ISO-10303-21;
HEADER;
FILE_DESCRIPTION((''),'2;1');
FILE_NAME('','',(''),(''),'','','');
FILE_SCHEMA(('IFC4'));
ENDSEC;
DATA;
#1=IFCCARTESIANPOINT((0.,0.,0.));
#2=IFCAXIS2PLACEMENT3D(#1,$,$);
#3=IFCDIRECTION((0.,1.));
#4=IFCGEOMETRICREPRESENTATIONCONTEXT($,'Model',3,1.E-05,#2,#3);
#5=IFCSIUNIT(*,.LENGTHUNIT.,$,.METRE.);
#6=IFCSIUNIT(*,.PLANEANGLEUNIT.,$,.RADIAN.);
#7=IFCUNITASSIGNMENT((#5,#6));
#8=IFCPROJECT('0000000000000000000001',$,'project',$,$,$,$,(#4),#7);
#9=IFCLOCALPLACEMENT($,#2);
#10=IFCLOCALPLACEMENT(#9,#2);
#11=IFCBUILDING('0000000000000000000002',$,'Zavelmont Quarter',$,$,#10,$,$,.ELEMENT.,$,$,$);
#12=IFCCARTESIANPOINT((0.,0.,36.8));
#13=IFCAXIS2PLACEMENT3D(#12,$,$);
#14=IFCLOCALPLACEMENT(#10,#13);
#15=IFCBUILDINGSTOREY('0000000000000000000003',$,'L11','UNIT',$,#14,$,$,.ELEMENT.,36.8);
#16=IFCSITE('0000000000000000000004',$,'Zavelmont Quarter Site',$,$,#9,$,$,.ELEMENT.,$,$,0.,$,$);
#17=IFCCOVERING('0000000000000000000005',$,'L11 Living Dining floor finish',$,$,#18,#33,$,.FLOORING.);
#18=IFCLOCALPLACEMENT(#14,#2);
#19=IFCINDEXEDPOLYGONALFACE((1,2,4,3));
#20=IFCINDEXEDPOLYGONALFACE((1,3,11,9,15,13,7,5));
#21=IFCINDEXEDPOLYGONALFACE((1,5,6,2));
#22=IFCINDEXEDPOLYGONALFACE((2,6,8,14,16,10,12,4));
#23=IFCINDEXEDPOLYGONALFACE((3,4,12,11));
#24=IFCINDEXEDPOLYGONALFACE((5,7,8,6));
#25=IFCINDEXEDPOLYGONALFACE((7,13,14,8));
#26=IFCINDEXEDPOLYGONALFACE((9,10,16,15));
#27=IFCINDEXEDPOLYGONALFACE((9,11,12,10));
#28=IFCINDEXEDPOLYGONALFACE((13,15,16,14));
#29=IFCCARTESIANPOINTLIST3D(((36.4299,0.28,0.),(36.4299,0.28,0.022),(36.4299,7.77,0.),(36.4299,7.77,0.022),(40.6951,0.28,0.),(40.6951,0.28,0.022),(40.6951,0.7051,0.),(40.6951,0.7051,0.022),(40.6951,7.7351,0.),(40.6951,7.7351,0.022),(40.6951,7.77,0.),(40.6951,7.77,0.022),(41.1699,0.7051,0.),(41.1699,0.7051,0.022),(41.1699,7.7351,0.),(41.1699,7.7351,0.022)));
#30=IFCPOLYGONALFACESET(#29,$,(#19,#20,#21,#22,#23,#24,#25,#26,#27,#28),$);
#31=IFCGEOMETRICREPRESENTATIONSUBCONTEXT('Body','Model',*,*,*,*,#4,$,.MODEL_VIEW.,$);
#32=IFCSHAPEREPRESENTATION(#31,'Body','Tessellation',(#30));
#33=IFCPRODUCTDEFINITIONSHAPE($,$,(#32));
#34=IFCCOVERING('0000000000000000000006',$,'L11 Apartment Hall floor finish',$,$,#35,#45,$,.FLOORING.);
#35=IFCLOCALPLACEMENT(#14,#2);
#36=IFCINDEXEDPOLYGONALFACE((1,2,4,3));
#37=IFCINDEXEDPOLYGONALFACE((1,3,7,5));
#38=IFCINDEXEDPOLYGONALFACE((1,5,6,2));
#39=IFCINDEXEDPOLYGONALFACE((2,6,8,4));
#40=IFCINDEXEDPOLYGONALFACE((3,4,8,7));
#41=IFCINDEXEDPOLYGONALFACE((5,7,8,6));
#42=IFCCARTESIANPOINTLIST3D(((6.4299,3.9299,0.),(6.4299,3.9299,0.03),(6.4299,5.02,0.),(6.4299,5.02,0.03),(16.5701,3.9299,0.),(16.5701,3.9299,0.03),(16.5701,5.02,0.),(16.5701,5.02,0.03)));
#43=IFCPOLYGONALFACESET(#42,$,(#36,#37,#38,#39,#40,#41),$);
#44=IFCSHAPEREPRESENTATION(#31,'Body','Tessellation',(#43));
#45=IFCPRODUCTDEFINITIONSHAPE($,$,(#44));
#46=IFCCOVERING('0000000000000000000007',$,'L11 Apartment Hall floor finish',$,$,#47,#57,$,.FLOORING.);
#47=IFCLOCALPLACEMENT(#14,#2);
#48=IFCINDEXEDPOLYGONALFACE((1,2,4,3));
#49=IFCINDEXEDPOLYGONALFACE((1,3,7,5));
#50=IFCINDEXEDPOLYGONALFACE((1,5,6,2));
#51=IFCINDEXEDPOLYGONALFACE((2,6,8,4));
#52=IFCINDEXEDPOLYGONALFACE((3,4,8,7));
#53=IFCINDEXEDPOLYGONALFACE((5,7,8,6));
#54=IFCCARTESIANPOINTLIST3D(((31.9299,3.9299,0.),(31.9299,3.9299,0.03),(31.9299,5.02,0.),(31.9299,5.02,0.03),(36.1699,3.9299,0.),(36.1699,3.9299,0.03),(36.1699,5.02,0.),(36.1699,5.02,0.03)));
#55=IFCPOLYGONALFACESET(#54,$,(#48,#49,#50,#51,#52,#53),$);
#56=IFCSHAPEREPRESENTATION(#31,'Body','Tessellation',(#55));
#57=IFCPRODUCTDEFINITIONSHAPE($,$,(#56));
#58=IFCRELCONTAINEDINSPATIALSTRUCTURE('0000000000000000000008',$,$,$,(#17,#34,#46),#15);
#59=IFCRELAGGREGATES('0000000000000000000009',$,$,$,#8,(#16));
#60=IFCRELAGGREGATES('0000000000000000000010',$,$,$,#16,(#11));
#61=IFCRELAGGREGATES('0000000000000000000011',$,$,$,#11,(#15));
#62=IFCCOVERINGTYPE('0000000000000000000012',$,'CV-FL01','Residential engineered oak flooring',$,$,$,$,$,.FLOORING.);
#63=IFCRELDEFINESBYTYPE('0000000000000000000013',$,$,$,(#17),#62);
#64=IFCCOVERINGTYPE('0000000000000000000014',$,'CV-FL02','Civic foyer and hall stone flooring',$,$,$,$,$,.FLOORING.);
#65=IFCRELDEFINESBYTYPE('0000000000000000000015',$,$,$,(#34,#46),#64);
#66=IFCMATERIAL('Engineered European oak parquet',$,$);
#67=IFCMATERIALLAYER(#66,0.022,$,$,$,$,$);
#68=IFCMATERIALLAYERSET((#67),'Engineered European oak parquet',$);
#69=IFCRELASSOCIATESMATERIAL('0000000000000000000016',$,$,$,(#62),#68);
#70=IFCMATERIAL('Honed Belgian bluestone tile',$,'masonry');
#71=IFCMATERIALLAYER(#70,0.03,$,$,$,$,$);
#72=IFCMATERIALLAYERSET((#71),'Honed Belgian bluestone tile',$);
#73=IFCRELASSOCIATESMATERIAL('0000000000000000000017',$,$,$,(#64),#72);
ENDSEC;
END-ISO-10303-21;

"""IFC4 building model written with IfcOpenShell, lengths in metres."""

from ifc_helpers import new_model, si_unit, direction, frame, origin, place, context, subcontext, project, spatial, polyline, outline, extrude, material, layer, layer_set, type_object, element, save


model = new_model("IFC4")

# Units and contexts
model_context = context("Model", 3, precision=1e-05, world=origin(), true_north=direction((0.0, 1.0)))
body_context = subcontext(model_context, "Body", "Model", "MODEL_VIEW")
ifc_project = project(units=[si_unit("LENGTHUNIT", "METRE"), si_unit("PLANEANGLEUNIT", "RADIAN")], contexts=[model_context])

# Site, building, storey
site_placement = place(None, origin())
site = spatial("IfcSite", under=ifc_project, at=site_placement, Name="Zavelmont Quarter Site", CompositionType="ELEMENT", RefElevation=0.0)
building_placement = place(site_placement, origin())
building = spatial("IfcBuilding", under=site, at=building_placement, Name="Zavelmont Quarter", CompositionType="ELEMENT")
storey_placement = place(building_placement, frame((0.0, 0.0, 36.8)))
storey = spatial("IfcBuildingStorey", under=building, at=storey_placement, Name="L11", Description="UNIT", CompositionType="ELEMENT", Elevation=36.8)

# Coverings
ifc_material_1 = material(Name="Engineered European oak parquet")
ifc_layer_1 = layer(ifc_material_1, 0.022)
ifc_layer_set_1 = layer_set([ifc_layer_1], Name="Engineered European oak parquet")
covering_type_1 = type_object("IfcCoveringType", Name="CV-FL01", Description="Residential engineered oak flooring", PredefinedType="FLOORING", material=ifc_layer_set_1)
covering_1_placement = place(storey_placement, origin())
element("IfcCovering", 1, at=covering_1_placement, inside=storey, type_object=covering_type_1, Name="L11 Living Dining floor finish", PredefinedType="FLOORING", context=body_context, shape_type="SweptSolid", body=[
    extrude(outline(polyline([(36.4299, 7.77), (40.6951, 7.77), (40.6951, 7.7351), (41.1699, 7.7351), (41.1699, 0.7051), (40.6951, 0.7051), (40.6951, 0.28), (36.4299, 0.28), (36.4299, 7.77)])), origin(), (0.0, 0.0, 1.0), 0.022),
])
ifc_material_2 = material(Name="Honed Belgian bluestone tile", Category="masonry")
ifc_layer_2 = layer(ifc_material_2, 0.03)
ifc_layer_set_2 = layer_set([ifc_layer_2], Name="Honed Belgian bluestone tile")
covering_type_2 = type_object("IfcCoveringType", Name="CV-FL02", Description="Civic foyer and hall stone flooring", PredefinedType="FLOORING", material=ifc_layer_set_2)
covering_2_placement = place(storey_placement, origin())
element("IfcCovering", 2, at=covering_2_placement, inside=storey, type_object=covering_type_2, Name="L11 Apartment Hall floor finish", PredefinedType="FLOORING", context=body_context, shape_type="SweptSolid", body=[
    extrude(outline(polyline([(6.4299, 5.02), (16.5701, 5.02), (16.5701, 3.9299), (6.4299, 3.9299), (6.4299, 5.02)])), origin(), (0.0, 0.0, 1.0), 0.03),
])
covering_3_placement = place(storey_placement, origin())
element("IfcCovering", 3, at=covering_3_placement, inside=storey, type_object=covering_type_2, Name="L11 Apartment Hall floor finish", PredefinedType="FLOORING", context=body_context, shape_type="SweptSolid", body=[
    extrude(outline(polyline([(31.9299, 5.02), (36.1699, 5.02), (36.1699, 3.9299), (31.9299, 3.9299), (31.9299, 5.02)])), origin(), (0.0, 0.0, 1.0), 0.03),
])

save(model, "model.ifc")
